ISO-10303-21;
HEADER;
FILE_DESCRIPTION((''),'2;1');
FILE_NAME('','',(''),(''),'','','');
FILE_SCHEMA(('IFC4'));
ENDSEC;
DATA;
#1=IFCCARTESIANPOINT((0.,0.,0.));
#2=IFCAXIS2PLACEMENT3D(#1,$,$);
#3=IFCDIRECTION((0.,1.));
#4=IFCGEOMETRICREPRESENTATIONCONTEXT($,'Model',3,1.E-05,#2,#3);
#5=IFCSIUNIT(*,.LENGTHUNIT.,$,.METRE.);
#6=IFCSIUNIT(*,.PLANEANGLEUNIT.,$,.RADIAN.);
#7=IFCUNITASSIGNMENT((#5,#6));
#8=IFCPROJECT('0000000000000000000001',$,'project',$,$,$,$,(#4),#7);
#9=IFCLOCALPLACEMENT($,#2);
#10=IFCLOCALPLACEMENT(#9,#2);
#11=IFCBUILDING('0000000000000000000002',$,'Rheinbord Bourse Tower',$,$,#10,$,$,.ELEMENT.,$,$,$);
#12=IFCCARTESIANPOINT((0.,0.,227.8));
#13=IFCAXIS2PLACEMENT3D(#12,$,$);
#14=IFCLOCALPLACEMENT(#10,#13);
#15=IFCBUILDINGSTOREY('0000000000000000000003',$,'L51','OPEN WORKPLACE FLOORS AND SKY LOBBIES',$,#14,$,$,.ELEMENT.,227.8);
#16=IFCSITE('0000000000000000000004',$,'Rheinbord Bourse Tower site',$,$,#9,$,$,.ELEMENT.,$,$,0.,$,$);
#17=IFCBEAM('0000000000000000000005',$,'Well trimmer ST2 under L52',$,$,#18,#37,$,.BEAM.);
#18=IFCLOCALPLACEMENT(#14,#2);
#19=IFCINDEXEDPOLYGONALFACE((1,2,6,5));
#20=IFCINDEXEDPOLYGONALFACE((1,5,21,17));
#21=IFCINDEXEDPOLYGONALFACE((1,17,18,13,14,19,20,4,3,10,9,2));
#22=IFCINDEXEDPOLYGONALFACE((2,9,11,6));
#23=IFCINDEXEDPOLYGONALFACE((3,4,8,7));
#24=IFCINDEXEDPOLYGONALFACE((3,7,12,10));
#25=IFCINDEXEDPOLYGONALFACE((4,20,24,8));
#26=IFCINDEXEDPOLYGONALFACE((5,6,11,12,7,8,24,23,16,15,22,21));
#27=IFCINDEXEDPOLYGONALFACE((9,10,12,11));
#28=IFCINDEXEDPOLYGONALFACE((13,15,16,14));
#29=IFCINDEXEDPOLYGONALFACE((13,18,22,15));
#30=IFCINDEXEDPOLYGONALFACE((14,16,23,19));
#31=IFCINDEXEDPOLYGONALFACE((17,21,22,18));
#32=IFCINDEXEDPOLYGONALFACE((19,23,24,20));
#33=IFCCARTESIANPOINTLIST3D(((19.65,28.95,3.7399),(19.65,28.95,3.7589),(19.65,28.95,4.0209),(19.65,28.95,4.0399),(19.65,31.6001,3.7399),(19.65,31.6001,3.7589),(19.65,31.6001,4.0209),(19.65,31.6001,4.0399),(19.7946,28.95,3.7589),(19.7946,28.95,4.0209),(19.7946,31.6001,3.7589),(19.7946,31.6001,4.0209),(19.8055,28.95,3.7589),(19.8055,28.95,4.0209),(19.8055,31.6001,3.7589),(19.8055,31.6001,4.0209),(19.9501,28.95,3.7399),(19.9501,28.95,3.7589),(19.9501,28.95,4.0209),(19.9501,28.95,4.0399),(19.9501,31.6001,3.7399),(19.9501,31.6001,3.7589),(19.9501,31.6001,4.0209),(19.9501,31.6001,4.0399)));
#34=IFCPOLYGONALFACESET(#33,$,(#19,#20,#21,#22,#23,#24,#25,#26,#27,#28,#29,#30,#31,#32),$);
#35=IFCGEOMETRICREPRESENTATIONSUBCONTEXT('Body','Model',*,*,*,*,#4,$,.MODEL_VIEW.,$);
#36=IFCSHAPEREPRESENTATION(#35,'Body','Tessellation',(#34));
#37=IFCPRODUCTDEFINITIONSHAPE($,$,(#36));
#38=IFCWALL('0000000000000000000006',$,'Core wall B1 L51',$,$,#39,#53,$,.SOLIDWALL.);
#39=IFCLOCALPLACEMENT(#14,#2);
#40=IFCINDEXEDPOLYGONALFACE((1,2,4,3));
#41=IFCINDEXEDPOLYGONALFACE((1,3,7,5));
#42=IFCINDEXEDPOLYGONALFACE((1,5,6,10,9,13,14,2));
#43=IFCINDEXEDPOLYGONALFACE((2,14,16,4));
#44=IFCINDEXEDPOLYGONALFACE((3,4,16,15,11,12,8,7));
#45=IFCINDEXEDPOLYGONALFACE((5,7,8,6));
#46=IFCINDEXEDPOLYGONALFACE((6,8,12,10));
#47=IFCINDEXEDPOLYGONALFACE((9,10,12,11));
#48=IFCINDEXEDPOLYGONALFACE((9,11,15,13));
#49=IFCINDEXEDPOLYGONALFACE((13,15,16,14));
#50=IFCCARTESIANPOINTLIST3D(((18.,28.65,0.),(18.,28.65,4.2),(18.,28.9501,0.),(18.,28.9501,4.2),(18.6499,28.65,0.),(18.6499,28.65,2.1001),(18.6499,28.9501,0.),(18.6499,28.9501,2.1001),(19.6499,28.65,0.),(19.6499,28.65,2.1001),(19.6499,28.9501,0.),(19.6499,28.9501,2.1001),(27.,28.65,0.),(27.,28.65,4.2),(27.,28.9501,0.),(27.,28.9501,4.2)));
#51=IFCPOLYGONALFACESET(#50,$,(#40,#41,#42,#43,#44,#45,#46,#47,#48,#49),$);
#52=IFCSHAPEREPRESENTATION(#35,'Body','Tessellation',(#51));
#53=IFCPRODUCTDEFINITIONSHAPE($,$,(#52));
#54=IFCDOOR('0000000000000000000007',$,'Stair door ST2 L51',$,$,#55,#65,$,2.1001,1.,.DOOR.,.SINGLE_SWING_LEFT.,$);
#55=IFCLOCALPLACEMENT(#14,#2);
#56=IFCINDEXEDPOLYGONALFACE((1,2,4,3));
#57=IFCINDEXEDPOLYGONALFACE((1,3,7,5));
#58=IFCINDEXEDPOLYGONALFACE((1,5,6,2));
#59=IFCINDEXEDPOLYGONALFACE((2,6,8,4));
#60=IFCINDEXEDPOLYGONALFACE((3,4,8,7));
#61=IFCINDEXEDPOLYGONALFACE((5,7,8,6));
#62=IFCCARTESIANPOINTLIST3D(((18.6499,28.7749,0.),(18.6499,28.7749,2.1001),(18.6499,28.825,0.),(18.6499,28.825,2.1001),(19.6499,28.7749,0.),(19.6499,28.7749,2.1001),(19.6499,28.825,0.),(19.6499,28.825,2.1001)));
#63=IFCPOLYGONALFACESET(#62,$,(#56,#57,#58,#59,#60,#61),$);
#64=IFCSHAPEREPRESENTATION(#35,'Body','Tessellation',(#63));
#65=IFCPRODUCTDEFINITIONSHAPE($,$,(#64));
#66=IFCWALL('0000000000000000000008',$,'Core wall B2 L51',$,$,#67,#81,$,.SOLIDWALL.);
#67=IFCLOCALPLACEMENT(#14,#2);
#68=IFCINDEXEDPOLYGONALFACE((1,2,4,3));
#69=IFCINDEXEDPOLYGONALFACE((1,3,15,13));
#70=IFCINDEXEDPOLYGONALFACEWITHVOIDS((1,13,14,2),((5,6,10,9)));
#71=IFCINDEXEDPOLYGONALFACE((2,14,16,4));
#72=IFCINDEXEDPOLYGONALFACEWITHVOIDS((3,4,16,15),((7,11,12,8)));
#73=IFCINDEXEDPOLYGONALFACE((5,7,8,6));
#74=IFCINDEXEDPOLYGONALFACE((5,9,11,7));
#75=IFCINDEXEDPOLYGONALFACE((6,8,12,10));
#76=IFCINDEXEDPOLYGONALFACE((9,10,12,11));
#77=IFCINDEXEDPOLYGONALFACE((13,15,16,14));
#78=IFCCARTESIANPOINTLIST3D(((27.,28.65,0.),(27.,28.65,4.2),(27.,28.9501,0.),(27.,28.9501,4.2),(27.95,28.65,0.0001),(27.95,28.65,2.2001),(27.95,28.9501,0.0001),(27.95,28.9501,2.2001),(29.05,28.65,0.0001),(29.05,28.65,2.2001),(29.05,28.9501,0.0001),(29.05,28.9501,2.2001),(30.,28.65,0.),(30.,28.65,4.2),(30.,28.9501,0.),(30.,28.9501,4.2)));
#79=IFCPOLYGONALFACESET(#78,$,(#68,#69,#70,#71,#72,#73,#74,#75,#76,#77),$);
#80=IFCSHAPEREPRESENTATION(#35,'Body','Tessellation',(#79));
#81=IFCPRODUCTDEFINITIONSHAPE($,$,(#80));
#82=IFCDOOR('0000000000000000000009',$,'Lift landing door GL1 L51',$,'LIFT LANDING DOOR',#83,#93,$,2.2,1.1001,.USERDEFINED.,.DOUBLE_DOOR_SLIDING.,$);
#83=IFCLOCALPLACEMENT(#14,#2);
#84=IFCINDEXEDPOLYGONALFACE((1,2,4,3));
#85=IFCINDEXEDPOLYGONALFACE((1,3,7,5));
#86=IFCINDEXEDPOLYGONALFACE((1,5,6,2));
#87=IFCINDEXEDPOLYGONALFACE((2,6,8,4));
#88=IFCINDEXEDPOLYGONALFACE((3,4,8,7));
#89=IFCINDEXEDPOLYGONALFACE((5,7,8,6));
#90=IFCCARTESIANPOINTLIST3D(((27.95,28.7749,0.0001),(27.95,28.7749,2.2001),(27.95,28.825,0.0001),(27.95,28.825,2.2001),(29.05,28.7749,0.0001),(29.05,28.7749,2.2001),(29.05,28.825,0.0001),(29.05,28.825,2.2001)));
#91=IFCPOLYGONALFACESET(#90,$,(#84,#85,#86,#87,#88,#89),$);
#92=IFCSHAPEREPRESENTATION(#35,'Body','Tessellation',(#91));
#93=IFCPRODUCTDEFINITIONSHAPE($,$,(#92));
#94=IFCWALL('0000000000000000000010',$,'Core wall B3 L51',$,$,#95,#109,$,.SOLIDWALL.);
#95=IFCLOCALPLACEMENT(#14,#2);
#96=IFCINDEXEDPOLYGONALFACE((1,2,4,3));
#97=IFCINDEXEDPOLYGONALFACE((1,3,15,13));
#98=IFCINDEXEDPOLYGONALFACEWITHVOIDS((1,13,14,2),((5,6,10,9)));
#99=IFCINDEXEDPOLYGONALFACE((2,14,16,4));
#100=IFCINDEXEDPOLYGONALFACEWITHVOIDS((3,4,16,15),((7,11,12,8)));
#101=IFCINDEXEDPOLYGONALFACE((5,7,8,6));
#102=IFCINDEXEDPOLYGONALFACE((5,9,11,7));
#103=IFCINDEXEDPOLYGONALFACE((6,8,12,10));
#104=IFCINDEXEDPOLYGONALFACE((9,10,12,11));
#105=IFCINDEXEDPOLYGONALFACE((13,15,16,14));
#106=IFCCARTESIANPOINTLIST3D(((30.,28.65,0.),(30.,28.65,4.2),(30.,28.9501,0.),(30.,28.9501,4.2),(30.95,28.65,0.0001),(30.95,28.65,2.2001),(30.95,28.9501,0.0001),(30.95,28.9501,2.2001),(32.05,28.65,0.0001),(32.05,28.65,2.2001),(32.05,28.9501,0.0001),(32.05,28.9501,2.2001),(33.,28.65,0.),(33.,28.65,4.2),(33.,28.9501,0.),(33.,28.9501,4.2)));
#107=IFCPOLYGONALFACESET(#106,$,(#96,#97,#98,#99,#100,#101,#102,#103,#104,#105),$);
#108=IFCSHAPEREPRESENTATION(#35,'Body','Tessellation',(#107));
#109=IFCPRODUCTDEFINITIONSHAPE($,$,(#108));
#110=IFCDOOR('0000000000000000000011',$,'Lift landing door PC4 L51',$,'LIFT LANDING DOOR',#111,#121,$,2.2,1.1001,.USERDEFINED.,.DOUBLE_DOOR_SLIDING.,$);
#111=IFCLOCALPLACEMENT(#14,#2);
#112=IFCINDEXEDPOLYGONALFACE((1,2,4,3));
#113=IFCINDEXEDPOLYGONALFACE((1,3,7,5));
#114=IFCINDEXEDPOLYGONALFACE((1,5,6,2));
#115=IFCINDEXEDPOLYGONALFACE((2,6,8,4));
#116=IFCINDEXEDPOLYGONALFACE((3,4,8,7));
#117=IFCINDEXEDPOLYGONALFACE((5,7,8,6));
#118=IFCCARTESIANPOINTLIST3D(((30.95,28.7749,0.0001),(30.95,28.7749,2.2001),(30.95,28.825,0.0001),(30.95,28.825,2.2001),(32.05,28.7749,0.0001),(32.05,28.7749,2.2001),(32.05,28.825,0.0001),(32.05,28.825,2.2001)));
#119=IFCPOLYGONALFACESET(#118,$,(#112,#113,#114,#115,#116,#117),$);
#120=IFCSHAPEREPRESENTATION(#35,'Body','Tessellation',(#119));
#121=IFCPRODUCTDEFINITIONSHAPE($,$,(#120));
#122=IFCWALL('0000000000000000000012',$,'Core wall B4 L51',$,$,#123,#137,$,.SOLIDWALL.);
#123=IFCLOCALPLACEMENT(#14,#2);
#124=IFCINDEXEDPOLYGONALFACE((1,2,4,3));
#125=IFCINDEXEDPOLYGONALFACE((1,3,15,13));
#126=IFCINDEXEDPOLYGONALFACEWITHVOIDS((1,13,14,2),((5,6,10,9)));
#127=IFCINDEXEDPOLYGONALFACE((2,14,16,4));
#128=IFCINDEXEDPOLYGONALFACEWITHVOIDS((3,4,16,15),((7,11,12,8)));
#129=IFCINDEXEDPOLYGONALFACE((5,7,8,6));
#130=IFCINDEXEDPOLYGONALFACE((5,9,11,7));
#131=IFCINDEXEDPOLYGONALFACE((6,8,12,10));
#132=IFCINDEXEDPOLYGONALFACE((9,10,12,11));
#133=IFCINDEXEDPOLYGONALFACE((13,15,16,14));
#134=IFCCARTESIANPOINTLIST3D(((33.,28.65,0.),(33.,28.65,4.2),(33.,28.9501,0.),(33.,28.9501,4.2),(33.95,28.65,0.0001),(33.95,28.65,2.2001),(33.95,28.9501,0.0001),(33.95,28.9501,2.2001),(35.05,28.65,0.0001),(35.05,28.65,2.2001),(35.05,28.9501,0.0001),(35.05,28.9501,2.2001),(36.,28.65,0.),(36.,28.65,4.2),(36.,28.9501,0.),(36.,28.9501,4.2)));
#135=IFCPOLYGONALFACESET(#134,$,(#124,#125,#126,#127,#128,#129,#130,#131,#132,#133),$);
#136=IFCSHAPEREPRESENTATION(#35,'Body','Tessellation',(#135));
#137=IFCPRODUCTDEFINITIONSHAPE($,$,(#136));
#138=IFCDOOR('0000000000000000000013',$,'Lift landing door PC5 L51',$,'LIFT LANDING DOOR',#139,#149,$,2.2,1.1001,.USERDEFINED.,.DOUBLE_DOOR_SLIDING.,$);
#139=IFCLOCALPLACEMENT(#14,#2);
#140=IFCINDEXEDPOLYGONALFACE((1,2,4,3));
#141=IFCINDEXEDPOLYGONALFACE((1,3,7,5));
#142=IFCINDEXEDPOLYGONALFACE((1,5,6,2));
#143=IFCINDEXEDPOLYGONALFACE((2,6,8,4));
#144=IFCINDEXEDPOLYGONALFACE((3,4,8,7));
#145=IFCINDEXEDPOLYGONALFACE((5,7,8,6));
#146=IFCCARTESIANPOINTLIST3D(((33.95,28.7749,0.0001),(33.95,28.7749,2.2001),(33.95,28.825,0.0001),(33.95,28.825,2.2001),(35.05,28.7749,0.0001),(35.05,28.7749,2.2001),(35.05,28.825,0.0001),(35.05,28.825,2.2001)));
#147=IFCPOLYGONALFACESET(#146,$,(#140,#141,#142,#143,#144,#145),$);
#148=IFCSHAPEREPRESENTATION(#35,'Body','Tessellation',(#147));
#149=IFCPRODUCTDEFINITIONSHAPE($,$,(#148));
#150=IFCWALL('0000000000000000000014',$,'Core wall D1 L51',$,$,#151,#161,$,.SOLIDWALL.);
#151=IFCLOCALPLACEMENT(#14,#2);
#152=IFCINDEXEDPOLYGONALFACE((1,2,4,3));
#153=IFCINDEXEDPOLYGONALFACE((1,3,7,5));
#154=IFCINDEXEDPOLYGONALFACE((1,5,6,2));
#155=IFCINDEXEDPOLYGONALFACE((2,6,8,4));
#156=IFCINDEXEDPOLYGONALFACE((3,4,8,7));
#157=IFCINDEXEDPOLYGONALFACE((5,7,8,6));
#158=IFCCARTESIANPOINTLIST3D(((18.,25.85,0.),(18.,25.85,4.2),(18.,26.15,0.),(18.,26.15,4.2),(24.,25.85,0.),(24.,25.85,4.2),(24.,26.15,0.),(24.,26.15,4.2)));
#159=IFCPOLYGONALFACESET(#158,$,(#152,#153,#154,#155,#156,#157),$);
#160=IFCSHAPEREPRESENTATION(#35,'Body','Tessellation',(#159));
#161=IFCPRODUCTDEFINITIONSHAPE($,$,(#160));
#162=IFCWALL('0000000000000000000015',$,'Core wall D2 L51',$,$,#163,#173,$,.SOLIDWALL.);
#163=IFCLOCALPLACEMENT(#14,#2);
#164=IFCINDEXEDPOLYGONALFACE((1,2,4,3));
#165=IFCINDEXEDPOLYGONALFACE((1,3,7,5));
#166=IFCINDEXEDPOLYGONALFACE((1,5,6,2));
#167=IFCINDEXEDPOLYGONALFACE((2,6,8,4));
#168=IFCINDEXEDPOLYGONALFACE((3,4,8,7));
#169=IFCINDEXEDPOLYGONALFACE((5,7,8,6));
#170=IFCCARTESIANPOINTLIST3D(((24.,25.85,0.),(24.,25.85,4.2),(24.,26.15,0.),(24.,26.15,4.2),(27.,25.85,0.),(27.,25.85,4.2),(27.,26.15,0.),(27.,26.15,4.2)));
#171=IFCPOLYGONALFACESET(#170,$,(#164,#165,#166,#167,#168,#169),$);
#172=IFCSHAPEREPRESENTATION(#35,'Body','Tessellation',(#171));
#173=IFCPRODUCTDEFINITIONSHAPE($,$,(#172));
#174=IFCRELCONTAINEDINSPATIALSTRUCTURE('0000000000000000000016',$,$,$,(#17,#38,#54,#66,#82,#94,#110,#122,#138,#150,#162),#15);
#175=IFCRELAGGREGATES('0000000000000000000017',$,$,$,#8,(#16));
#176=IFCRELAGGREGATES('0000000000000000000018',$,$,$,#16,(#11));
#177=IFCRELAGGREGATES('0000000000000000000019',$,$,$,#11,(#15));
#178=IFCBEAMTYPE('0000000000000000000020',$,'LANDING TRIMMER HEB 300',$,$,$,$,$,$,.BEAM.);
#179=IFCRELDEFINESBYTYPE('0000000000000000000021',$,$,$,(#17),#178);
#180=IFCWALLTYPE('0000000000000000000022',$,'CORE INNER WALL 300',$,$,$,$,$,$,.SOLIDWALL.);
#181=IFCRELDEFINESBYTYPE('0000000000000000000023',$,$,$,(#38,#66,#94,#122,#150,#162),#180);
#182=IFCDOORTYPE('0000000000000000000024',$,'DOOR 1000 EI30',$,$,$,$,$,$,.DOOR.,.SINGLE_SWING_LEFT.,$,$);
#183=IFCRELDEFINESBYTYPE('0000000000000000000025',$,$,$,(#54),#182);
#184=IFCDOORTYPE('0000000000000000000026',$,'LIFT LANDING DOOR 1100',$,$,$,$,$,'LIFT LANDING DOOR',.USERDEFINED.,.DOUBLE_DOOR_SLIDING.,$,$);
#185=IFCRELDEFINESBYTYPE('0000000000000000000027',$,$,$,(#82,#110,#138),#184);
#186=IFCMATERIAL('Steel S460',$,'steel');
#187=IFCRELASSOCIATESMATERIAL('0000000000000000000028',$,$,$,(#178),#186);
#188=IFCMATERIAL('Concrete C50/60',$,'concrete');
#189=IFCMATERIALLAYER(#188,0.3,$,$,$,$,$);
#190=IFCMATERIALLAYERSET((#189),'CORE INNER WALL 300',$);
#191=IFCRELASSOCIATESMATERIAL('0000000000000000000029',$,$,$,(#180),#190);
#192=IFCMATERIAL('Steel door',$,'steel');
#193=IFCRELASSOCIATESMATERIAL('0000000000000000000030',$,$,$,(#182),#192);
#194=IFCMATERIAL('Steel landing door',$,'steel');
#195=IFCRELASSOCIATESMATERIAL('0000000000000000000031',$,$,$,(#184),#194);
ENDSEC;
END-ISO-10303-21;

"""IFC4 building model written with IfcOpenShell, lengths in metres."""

from ifc_helpers import new_model, si_unit, direction, frame, frame_2d, origin, origin_2d, place, context, subcontext, project, spatial, rectangle, i_section, extrude, material, layer, layer_set, material_profile, profile_set, type_object, element, fill, save


model = new_model("IFC4")

# Units and contexts
model_context = context("Model", 3, precision=1e-05, world=origin(), true_north=direction((0.0, 1.0)))
body_context = subcontext(model_context, "Body", "Model", "MODEL_VIEW")
ifc_project = project(units=[si_unit("LENGTHUNIT", "METRE"), si_unit("PLANEANGLEUNIT", "RADIAN")], contexts=[model_context])

# Site, building, storey
site_placement = place(None, origin())
site = spatial("IfcSite", under=ifc_project, at=site_placement, Name="Rheinbord Bourse Tower site", CompositionType="ELEMENT", RefElevation=0.0)
building_placement = place(site_placement, origin())
building = spatial("IfcBuilding", under=site, at=building_placement, Name="Rheinbord Bourse Tower", CompositionType="ELEMENT")
storey_placement = place(building_placement, frame((0.0, 0.0, 227.8)))
storey = spatial("IfcBuildingStorey", under=building, at=storey_placement, Name="L51", Description="OPEN WORKPLACE FLOORS AND SKY LOBBIES", CompositionType="ELEMENT", Elevation=227.8)

# Beam
ifc_material_1 = material(Name="Steel S460", Category="steel")
ifc_material_profile = material_profile(ifc_material_1, i_section(OverallWidth=0.3, OverallDepth=0.3, WebThickness=0.011, FlangeThickness=0.019, at=origin_2d()), Name="HEB 300")
ifc_profile_set = profile_set([ifc_material_profile], Name="Steel S460")
beam_type = type_object("IfcBeamType", Name="LANDING TRIMMER HEB 300", PredefinedType="BEAM", material=ifc_profile_set)
beam_placement = place(storey_placement, frame((19.8, 28.95, 3.8899), z_axis=(0.0, 1.0, 0.0), x_axis=(-1.0, 0.0, 0.0)))
element("IfcBeam", 1, at=beam_placement, inside=storey, type_object=beam_type, Name="Well trimmer ST2 under L52", PredefinedType="BEAM", context=body_context, shape_type="SweptSolid", body=[
    extrude(i_section(OverallWidth=0.3, OverallDepth=0.3, WebThickness=0.011, FlangeThickness=0.019, at=origin_2d()), origin(), (0.0, 0.0, 1.0), 2.6501),
])

# Walls, openings, doors
ifc_material_2 = material(Name="Concrete C50/60", Category="concrete")
ifc_layer_1 = layer(ifc_material_2, 0.3)
ifc_layer_set_1 = layer_set([ifc_layer_1], Name="CORE INNER WALL 300")
wall_type_1 = type_object("IfcWallType", Name="CORE INNER WALL 300", PredefinedType="SOLIDWALL", material=ifc_layer_set_1)
wall_1_placement = place(storey_placement, frame((18.0, 28.8, 0.0), z_axis=(0.0, 0.0, 1.0), x_axis=(1.0, 0.0, 0.0)))
wall_1 = element("IfcWall", 2, at=wall_1_placement, inside=storey, type_object=wall_type_1, Name="Core wall B1 L51", PredefinedType="SOLIDWALL", context=body_context, shape_type="SweptSolid", body=[
    extrude(rectangle(XDim=9.0, YDim=0.3, at=frame_2d((4.5, 0.0))), origin(), (0.0, 0.0, 1.0), 4.2),
])
opening_1_placement = place(wall_1_placement, frame((0.6499, 0.0, 0.0)))
opening_1 = element("IfcOpeningElement", 3, at=opening_1_placement, cuts=wall_1, PredefinedType="OPENING", context=body_context, shape_type="SweptSolid", body=[
    extrude(rectangle(XDim=1.0, YDim=2.1001, at=frame_2d((0.5, 1.05))), frame((0.0, 0.1599, 0.0), z_axis=(0.0, -1.0, 0.0), x_axis=(1.0, 0.0, 0.0)), (0.0, 0.0, 1.0), 0.3201),
])
ifc_material_3 = material(Name="Steel door", Category="steel")
door_type_1 = type_object("IfcDoorType", Name="DOOR 1000 EI30", OperationType="SINGLE_SWING_LEFT", PredefinedType="DOOR", material=ifc_material_3)
door_1_placement = place(opening_1_placement, origin())
door_1 = element("IfcDoor", 4, at=door_1_placement, inside=storey, type_object=door_type_1, Name="Stair door ST2 L51", OperationType="SINGLE_SWING_LEFT", OverallHeight=2.1001, OverallWidth=1.0, PredefinedType="DOOR", context=body_context, shape_type="SweptSolid", body=[
    extrude(rectangle(XDim=1.0, YDim=2.1001, at=frame_2d((0.5, 1.05))), frame((0.0, 0.0249, 0.0), z_axis=(0.0, -1.0, 0.0), x_axis=(1.0, 0.0, 0.0)), (0.0, 0.0, 1.0), 0.05),
])
fill(opening_1, door_1)
wall_2_placement = place(storey_placement, frame((27.0, 28.8, 0.0), z_axis=(0.0, 0.0, 1.0), x_axis=(1.0, 0.0, 0.0)))
wall_2 = element("IfcWall", 5, at=wall_2_placement, inside=storey, type_object=wall_type_1, Name="Core wall B2 L51", PredefinedType="SOLIDWALL", context=body_context, shape_type="SweptSolid", body=[
    extrude(rectangle(XDim=3.0, YDim=0.3, at=frame_2d((1.5, 0.0))), origin(), (0.0, 0.0, 1.0), 4.2),
])
opening_2_placement = place(wall_2_placement, frame((0.95, 0.0, 0.0)))
opening_2 = element("IfcOpeningElement", 6, at=opening_2_placement, cuts=wall_2, PredefinedType="OPENING", context=body_context, shape_type="SweptSolid", body=[
    extrude(rectangle(XDim=1.1001, YDim=2.2, at=frame_2d((0.55, 1.1001))), frame((0.0, 0.1599, 0.0), z_axis=(0.0, -1.0, 0.0), x_axis=(1.0, 0.0, 0.0)), (0.0, 0.0, 1.0), 0.3201),
])
ifc_material_4 = material(Name="Steel landing door", Category="steel")
door_type_2 = type_object("IfcDoorType", Name="LIFT LANDING DOOR 1100", ElementType="LIFT LANDING DOOR", OperationType="DOUBLE_DOOR_SLIDING", PredefinedType="USERDEFINED", material=ifc_material_4)
door_2_placement = place(opening_2_placement, origin())
door_2 = element("IfcDoor", 7, at=door_2_placement, inside=storey, type_object=door_type_2, Name="Lift landing door GL1 L51", ObjectType="LIFT LANDING DOOR", OperationType="DOUBLE_DOOR_SLIDING", OverallHeight=2.2, OverallWidth=1.1001, PredefinedType="USERDEFINED", context=body_context, shape_type="SweptSolid", body=[
    extrude(rectangle(XDim=1.1001, YDim=2.2, at=frame_2d((0.55, 1.1001))), frame((0.0, 0.0249, 0.0), z_axis=(0.0, -1.0, 0.0), x_axis=(1.0, 0.0, 0.0)), (0.0, 0.0, 1.0), 0.05),
])
fill(opening_2, door_2)
wall_3_placement = place(storey_placement, frame((30.0, 28.8, 0.0), z_axis=(0.0, 0.0, 1.0), x_axis=(1.0, 0.0, 0.0)))
wall_3 = element("IfcWall", 8, at=wall_3_placement, inside=storey, type_object=wall_type_1, Name="Core wall B3 L51", PredefinedType="SOLIDWALL", context=body_context, shape_type="SweptSolid", body=[
    extrude(rectangle(XDim=3.0, YDim=0.3, at=frame_2d((1.5, 0.0))), origin(), (0.0, 0.0, 1.0), 4.2),
])
opening_3_placement = place(wall_3_placement, frame((0.95, 0.0, 0.0)))
opening_3 = element("IfcOpeningElement", 9, at=opening_3_placement, cuts=wall_3, PredefinedType="OPENING", context=body_context, shape_type="SweptSolid", body=[
    extrude(rectangle(XDim=1.1001, YDim=2.2, at=frame_2d((0.55, 1.1001))), frame((0.0, 0.1599, 0.0), z_axis=(0.0, -1.0, 0.0), x_axis=(1.0, 0.0, 0.0)), (0.0, 0.0, 1.0), 0.3201),
])
door_3_placement = place(opening_3_placement, origin())
door_3 = element("IfcDoor", 10, at=door_3_placement, inside=storey, type_object=door_type_2, Name="Lift landing door PC4 L51", ObjectType="LIFT LANDING DOOR", OperationType="DOUBLE_DOOR_SLIDING", OverallHeight=2.2, OverallWidth=1.1001, PredefinedType="USERDEFINED", context=body_context, shape_type="SweptSolid", body=[
    extrude(rectangle(XDim=1.1001, YDim=2.2, at=frame_2d((0.55, 1.1001))), frame((0.0, 0.0249, 0.0), z_axis=(0.0, -1.0, 0.0), x_axis=(1.0, 0.0, 0.0)), (0.0, 0.0, 1.0), 0.05),
])
fill(opening_3, door_3)
wall_4_placement = place(storey_placement, frame((33.0, 28.8, 0.0), z_axis=(0.0, 0.0, 1.0), x_axis=(1.0, 0.0, 0.0)))
wall_4 = element("IfcWall", 11, at=wall_4_placement, inside=storey, type_object=wall_type_1, Name="Core wall B4 L51", PredefinedType="SOLIDWALL", context=body_context, shape_type="SweptSolid", body=[
    extrude(rectangle(XDim=3.0, YDim=0.3, at=frame_2d((1.5, 0.0))), origin(), (0.0, 0.0, 1.0), 4.2),
])
opening_4_placement = place(wall_4_placement, frame((0.95, 0.0, 0.0)))
opening_4 = element("IfcOpeningElement", 12, at=opening_4_placement, cuts=wall_4, PredefinedType="OPENING", context=body_context, shape_type="SweptSolid", body=[
    extrude(rectangle(XDim=1.1001, YDim=2.2, at=frame_2d((0.55, 1.1001))), frame((0.0, 0.1599, 0.0), z_axis=(0.0, -1.0, 0.0), x_axis=(1.0, 0.0, 0.0)), (0.0, 0.0, 1.0), 0.3201),
])
door_4_placement = place(opening_4_placement, origin())
door_4 = element("IfcDoor", 13, at=door_4_placement, inside=storey, type_object=door_type_2, Name="Lift landing door PC5 L51", ObjectType="LIFT LANDING DOOR", OperationType="DOUBLE_DOOR_SLIDING", OverallHeight=2.2, OverallWidth=1.1001, PredefinedType="USERDEFINED", context=body_context, shape_type="SweptSolid", body=[
    extrude(rectangle(XDim=1.1001, YDim=2.2, at=frame_2d((0.55, 1.1001))), frame((0.0, 0.0249, 0.0), z_axis=(0.0, -1.0, 0.0), x_axis=(1.0, 0.0, 0.0)), (0.0, 0.0, 1.0), 0.05),
])
fill(opening_4, door_4)

# Walls
wall_5_placement = place(storey_placement, frame((18.0, 26.0, 0.0), z_axis=(0.0, 0.0, 1.0), x_axis=(1.0, 0.0, 0.0)))
element("IfcWall", 14, at=wall_5_placement, inside=storey, type_object=wall_type_1, Name="Core wall D1 L51", PredefinedType="SOLIDWALL", context=body_context, shape_type="SweptSolid", body=[
    extrude(rectangle(XDim=6.0, YDim=0.3, at=frame_2d((3.0, 0.0))), origin(), (0.0, 0.0, 1.0), 4.2),
])
wall_6_placement = place(storey_placement, frame((24.0, 26.0, 0.0), z_axis=(0.0, 0.0, 1.0), x_axis=(1.0, 0.0, 0.0)))
element("IfcWall", 15, at=wall_6_placement, inside=storey, type_object=wall_type_1, Name="Core wall D2 L51", PredefinedType="SOLIDWALL", context=body_context, shape_type="SweptSolid", body=[
    extrude(rectangle(XDim=3.0, YDim=0.3, at=frame_2d((1.5, 0.0))), origin(), (0.0, 0.0, 1.0), 4.2),
])

save(model, "model.ifc")
